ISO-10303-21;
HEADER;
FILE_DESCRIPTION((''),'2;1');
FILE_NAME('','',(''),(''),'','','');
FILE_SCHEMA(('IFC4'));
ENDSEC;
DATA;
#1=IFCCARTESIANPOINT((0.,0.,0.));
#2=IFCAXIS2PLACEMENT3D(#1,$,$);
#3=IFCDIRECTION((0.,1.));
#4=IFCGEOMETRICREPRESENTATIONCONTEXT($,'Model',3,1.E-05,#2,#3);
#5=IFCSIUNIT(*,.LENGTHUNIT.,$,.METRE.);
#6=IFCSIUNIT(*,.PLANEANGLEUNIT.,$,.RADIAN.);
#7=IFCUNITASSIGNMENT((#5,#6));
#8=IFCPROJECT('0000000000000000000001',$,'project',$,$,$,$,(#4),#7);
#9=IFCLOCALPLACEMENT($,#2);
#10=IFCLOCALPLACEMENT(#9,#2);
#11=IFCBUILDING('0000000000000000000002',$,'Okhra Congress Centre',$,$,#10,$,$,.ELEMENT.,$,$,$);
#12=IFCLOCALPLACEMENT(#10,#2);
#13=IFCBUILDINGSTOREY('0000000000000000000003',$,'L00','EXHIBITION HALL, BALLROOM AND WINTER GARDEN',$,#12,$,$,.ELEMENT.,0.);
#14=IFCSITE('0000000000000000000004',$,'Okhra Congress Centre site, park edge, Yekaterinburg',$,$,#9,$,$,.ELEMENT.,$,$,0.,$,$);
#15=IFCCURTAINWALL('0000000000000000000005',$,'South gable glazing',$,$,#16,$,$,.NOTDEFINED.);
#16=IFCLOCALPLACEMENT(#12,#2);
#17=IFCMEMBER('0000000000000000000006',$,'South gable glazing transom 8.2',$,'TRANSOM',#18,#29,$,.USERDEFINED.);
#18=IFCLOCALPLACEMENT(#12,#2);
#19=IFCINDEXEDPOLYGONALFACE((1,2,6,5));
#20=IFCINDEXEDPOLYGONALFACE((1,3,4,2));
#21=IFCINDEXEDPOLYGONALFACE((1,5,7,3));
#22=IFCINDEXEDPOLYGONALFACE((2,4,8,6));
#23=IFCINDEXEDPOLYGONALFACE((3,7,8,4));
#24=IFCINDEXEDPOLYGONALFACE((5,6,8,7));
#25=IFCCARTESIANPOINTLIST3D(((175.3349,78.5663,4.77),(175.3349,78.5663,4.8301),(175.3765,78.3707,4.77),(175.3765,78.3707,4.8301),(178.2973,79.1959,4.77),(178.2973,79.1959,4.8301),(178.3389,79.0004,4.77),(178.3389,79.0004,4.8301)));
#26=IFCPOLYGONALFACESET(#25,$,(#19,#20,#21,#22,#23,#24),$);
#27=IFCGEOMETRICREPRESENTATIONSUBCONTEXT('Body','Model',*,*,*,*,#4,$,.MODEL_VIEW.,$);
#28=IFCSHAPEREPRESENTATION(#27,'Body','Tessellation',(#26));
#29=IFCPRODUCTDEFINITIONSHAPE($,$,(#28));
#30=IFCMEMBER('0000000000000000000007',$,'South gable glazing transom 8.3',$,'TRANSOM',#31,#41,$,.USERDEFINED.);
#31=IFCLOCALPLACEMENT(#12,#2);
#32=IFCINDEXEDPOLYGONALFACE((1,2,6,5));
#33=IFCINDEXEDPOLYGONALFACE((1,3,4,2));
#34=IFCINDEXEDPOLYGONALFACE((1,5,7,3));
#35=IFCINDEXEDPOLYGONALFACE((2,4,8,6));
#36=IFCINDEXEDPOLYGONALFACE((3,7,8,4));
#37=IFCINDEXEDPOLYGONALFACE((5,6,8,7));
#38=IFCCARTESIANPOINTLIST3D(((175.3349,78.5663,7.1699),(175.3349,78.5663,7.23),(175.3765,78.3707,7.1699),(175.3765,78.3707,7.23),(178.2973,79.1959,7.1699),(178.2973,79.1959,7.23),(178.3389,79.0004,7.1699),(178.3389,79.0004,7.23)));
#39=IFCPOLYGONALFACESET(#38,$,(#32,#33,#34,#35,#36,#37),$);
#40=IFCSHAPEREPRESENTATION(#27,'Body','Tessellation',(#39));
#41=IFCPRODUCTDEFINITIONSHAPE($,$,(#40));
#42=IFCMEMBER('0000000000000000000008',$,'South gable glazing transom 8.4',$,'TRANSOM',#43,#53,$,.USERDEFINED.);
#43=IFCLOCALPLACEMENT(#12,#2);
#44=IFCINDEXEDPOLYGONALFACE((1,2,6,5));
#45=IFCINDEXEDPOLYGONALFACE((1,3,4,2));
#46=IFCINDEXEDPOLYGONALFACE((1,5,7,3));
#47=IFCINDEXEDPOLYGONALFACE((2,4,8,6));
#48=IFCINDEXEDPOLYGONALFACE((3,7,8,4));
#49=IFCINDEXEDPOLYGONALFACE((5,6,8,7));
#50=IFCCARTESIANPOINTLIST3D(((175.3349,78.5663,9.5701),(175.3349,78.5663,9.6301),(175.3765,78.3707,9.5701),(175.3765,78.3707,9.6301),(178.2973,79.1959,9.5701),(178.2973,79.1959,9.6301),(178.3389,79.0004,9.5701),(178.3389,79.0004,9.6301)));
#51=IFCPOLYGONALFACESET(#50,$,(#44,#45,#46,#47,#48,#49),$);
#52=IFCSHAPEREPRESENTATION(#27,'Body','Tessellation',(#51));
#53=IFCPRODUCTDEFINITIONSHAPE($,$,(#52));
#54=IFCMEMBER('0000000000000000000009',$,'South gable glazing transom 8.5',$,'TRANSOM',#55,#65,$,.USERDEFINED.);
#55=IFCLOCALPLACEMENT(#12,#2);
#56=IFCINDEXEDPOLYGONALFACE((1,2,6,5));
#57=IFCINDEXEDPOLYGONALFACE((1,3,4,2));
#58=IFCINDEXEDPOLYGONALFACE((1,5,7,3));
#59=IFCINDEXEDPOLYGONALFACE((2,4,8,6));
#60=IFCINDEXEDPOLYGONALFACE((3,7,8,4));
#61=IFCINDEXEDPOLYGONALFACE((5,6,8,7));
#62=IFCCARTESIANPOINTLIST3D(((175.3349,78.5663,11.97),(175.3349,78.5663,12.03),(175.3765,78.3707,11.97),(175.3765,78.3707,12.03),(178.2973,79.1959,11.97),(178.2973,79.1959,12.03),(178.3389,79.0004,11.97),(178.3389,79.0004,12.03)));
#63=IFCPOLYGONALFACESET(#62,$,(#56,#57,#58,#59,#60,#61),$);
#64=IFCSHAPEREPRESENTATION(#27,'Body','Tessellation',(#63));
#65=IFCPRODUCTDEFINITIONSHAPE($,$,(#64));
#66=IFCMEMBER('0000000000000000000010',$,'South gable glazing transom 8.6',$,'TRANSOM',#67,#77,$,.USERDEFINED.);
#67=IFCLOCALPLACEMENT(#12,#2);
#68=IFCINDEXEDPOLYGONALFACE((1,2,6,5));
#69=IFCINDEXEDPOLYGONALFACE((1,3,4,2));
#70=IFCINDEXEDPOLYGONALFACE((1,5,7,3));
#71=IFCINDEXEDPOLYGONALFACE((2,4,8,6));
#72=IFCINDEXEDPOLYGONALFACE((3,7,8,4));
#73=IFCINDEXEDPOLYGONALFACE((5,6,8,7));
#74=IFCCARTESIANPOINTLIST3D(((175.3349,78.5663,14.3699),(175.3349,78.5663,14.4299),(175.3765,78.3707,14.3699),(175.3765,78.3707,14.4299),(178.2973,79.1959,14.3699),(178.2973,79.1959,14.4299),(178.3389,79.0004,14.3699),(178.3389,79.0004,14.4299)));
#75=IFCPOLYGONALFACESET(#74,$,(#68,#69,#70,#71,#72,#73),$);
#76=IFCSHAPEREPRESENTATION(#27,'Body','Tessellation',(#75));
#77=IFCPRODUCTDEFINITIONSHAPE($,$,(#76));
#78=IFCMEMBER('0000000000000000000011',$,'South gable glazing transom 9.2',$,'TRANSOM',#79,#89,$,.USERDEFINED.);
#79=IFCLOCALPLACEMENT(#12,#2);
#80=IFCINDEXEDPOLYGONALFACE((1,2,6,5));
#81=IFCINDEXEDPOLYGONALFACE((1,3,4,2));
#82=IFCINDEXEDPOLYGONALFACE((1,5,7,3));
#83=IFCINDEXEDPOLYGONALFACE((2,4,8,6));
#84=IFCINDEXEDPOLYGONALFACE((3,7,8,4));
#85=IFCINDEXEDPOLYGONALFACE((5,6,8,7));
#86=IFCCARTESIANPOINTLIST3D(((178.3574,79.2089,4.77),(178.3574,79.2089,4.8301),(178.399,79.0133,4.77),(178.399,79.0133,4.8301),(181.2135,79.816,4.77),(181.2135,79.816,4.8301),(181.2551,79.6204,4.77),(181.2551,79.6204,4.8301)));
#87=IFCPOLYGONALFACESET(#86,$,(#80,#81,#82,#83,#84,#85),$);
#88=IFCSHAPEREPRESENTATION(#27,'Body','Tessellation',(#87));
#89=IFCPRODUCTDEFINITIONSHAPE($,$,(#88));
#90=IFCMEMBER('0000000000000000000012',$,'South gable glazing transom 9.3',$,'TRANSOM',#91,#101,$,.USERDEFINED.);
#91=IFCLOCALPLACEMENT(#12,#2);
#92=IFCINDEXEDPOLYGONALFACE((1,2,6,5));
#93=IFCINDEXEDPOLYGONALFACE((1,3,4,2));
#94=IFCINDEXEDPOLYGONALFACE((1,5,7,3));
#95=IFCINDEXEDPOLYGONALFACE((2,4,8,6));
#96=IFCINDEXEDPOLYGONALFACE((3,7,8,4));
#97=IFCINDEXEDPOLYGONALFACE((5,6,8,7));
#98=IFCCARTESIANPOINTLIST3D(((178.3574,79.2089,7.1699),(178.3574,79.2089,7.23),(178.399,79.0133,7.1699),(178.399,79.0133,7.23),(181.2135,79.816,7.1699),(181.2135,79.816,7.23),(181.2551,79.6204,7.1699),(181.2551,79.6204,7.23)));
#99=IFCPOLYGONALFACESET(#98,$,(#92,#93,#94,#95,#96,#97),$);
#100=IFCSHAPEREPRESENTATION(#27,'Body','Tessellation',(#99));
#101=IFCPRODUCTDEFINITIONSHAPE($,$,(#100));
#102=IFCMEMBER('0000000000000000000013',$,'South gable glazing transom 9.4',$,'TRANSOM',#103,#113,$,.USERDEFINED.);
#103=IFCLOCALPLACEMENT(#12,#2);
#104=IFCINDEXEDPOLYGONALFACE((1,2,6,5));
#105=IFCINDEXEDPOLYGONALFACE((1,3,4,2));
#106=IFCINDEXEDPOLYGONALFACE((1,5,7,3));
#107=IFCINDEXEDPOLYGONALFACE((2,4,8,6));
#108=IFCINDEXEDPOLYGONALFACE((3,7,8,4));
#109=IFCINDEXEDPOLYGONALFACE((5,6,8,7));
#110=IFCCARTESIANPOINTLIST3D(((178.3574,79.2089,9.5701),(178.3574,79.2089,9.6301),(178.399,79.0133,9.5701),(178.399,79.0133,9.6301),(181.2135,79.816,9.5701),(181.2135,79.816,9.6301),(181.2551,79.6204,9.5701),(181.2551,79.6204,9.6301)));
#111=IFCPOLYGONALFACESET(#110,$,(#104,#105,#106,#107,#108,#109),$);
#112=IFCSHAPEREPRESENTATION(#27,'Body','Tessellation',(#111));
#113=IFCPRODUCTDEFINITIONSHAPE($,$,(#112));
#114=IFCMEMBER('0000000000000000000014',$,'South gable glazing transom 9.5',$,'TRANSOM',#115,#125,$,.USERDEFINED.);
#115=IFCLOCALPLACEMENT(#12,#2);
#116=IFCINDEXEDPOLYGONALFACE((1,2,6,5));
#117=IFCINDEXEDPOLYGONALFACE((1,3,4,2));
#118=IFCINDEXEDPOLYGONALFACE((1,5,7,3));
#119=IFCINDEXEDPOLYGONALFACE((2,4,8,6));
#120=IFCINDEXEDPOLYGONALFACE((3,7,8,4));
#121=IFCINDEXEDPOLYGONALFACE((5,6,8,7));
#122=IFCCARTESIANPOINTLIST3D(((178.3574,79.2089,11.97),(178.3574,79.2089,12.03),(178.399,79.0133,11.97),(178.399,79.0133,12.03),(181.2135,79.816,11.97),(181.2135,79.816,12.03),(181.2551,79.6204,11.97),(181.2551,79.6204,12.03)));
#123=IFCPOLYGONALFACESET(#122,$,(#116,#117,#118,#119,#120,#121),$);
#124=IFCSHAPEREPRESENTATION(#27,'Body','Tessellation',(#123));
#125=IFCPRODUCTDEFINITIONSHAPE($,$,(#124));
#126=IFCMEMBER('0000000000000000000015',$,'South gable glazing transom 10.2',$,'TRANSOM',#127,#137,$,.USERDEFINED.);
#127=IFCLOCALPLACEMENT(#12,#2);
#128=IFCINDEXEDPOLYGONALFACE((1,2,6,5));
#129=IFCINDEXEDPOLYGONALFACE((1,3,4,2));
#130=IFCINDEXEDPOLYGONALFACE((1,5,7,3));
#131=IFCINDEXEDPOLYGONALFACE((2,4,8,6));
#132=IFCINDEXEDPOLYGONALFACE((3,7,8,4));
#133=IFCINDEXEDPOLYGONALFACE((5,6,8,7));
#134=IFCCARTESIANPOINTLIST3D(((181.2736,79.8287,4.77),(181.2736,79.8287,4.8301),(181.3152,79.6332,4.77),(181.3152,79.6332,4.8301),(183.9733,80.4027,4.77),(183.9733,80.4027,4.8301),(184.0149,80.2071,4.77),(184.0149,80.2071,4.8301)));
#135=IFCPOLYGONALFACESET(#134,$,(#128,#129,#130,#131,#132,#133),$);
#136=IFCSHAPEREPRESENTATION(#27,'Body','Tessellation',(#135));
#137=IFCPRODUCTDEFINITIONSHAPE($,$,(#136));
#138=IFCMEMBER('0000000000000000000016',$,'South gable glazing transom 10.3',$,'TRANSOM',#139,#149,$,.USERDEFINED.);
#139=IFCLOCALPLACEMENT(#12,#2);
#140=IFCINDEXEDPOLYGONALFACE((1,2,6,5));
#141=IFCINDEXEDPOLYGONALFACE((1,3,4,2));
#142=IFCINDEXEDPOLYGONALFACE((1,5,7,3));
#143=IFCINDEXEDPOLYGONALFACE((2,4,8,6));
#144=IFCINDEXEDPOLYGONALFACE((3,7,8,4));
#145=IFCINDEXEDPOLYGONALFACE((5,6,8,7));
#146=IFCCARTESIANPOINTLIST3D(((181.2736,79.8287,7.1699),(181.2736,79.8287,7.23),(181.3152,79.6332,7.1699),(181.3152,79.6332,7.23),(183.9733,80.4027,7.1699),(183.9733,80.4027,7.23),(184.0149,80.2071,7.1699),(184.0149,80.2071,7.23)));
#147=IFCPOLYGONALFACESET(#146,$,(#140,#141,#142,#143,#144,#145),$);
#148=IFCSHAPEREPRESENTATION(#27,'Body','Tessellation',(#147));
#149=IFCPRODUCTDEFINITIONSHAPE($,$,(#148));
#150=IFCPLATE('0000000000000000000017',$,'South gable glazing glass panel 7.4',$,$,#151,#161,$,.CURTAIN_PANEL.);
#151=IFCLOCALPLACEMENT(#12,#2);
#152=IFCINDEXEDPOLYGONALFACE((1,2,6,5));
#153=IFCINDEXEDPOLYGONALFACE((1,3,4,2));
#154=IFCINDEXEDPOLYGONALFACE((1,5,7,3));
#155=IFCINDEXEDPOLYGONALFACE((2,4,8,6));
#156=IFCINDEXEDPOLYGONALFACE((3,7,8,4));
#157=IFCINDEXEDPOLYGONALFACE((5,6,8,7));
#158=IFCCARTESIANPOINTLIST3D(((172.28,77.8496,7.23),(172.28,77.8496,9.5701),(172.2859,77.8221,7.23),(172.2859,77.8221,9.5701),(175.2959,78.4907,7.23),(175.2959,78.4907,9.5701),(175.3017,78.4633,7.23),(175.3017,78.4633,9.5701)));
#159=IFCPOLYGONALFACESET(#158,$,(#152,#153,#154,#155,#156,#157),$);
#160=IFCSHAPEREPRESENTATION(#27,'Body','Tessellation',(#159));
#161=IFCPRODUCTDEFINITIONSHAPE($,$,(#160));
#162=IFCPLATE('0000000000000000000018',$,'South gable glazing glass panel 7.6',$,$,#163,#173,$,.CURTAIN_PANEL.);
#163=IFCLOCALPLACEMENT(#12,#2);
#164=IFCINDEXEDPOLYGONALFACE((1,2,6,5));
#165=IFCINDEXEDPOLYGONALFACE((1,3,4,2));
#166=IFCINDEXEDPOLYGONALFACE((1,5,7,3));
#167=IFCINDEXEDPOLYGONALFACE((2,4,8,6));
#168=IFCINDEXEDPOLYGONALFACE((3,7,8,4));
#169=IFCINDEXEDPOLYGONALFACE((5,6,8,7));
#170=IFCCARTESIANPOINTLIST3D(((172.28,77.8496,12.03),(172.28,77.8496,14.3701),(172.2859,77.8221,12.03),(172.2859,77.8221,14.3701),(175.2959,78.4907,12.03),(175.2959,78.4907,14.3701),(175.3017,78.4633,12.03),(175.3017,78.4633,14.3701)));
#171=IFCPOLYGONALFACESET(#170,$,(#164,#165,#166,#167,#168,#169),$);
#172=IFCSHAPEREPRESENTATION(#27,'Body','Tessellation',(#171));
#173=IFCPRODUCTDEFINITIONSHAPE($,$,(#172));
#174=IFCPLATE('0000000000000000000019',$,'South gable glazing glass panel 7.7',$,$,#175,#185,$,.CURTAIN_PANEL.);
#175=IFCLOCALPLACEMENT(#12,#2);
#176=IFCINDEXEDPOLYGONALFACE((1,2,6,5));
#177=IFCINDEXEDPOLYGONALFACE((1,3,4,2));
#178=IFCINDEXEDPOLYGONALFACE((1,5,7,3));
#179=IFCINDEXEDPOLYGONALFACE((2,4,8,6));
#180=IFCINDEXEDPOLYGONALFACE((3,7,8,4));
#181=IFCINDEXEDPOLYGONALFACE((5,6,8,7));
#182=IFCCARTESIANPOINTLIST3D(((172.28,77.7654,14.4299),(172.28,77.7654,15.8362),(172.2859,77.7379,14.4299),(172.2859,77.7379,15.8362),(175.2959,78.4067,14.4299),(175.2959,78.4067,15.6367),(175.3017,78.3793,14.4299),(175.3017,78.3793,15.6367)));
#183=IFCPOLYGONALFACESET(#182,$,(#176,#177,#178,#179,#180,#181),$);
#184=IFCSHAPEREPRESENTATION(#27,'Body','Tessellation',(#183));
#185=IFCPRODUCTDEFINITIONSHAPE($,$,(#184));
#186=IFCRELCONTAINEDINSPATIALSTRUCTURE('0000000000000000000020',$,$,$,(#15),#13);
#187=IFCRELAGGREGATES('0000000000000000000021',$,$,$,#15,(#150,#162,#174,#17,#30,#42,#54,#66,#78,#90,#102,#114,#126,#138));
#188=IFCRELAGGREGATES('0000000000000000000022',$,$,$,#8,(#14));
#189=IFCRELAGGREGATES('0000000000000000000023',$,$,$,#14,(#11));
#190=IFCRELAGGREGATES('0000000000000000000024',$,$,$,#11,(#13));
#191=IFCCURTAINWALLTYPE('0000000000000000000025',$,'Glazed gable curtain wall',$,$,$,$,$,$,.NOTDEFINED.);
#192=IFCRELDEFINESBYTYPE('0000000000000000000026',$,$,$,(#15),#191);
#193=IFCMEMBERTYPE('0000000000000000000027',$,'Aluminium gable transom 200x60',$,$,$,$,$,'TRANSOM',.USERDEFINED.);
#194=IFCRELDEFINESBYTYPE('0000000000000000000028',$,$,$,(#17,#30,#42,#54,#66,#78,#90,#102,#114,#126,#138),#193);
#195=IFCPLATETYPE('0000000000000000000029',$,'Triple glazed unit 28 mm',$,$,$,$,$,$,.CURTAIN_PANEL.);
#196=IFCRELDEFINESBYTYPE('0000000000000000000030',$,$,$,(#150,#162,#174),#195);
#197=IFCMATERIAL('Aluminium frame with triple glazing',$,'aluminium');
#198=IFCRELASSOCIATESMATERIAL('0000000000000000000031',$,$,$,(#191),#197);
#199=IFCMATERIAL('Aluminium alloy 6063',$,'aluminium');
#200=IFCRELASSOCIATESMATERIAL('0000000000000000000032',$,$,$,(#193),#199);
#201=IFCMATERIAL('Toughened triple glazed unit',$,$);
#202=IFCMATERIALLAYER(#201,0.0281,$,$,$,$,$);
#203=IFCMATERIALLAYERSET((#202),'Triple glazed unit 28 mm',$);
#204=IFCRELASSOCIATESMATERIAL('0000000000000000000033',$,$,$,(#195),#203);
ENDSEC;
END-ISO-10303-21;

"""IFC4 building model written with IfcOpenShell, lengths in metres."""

from ifc_helpers import new_model, si_unit, direction, frame, origin, origin_2d, place, context, subcontext, project, spatial, polyline, rectangle, outline, extrude, material, layer, layer_set, material_profile, profile_set, type_object, element, aggregate, save


model = new_model("IFC4")

# Units and contexts
model_context = context("Model", 3, precision=1e-05, world=origin(), true_north=direction((0.0, 1.0)))
body_context = subcontext(model_context, "Body", "Model", "MODEL_VIEW")
ifc_project = project(units=[si_unit("LENGTHUNIT", "METRE"), si_unit("PLANEANGLEUNIT", "RADIAN")], contexts=[model_context])

# Site, building, storey
site_placement = place(None, origin())
site = spatial("IfcSite", under=ifc_project, at=site_placement, Name="Okhra Congress Centre site, park edge, Yekaterinburg", CompositionType="ELEMENT", RefElevation=0.0)
building_placement = place(site_placement, origin())
building = spatial("IfcBuilding", under=site, at=building_placement, Name="Okhra Congress Centre", CompositionType="ELEMENT")
storey_placement = place(building_placement, origin())
storey = spatial("IfcBuildingStorey", under=building, at=storey_placement, Name="L00", Description="EXHIBITION HALL, BALLROOM AND WINTER GARDEN", CompositionType="ELEMENT", Elevation=0.0)

# Curtain wall, members, plates
ifc_material_1 = material(Name="Aluminium frame with triple glazing", Category="aluminium")
curtain_wall_type = type_object("IfcCurtainWallType", Name="Glazed gable curtain wall", PredefinedType="NOTDEFINED", material=ifc_material_1)
curtain_wall_placement = place(storey_placement, origin())
curtain_wall = element("IfcCurtainWall", 1, at=curtain_wall_placement, inside=storey, type_object=curtain_wall_type, Name="South gable glazing", PredefinedType="NOTDEFINED")
ifc_material_2 = material(Name="Aluminium alloy 6063", Category="aluminium")
ifc_material_profile = material_profile(ifc_material_2, rectangle(XDim=0.2, YDim=0.0601, at=origin_2d()), Name="AL 200x60 gable transom")
ifc_profile_set = profile_set([ifc_material_profile], Name="Aluminium alloy 6063")
member_type = type_object("IfcMemberType", Name="Aluminium gable transom 200x60", ElementType="TRANSOM", PredefinedType="USERDEFINED", material=ifc_profile_set)
member_1_placement = place(storey_placement, frame((175.3557, 78.4685, 4.8), z_axis=(0.97815, 0.207899, 0.0), x_axis=(-0.207899, 0.97815, 0.0)))
member_1 = element("IfcMember", 2, at=member_1_placement, type_object=member_type, Name="South gable glazing transom 8.2", ObjectType="TRANSOM", PredefinedType="USERDEFINED", context=body_context, shape_type="SweptSolid", body=[
    extrude(rectangle(XDim=0.2, YDim=0.0601, at=origin_2d()), origin(), (0.0, 0.0, 1.0), 3.0286),
])
member_2_placement = place(storey_placement, frame((175.3557, 78.4685, 7.2), z_axis=(0.97815, 0.207899, 0.0), x_axis=(-0.207899, 0.97815, 0.0)))
member_2 = element("IfcMember", 3, at=member_2_placement, type_object=member_type, Name="South gable glazing transom 8.3", ObjectType="TRANSOM", PredefinedType="USERDEFINED", context=body_context, shape_type="SweptSolid", body=[
    extrude(rectangle(XDim=0.2, YDim=0.0601, at=origin_2d()), origin(), (0.0, 0.0, 1.0), 3.0286),
])
member_3_placement = place(storey_placement, frame((175.3557, 78.4685, 9.6001), z_axis=(0.97815, 0.207899, 0.0), x_axis=(-0.207899, 0.97815, 0.0)))
member_3 = element("IfcMember", 4, at=member_3_placement, type_object=member_type, Name="South gable glazing transom 8.4", ObjectType="TRANSOM", PredefinedType="USERDEFINED", context=body_context, shape_type="SweptSolid", body=[
    extrude(rectangle(XDim=0.2, YDim=0.0601, at=origin_2d()), origin(), (0.0, 0.0, 1.0), 3.0286),
])
member_4_placement = place(storey_placement, frame((175.3557, 78.4685, 12.0), z_axis=(0.97815, 0.207899, 0.0), x_axis=(-0.207899, 0.97815, 0.0)))
member_4 = element("IfcMember", 5, at=member_4_placement, type_object=member_type, Name="South gable glazing transom 8.5", ObjectType="TRANSOM", PredefinedType="USERDEFINED", context=body_context, shape_type="SweptSolid", body=[
    extrude(rectangle(XDim=0.2, YDim=0.0601, at=origin_2d()), origin(), (0.0, 0.0, 1.0), 3.0286),
])
member_5_placement = place(storey_placement, frame((175.3557, 78.4685, 14.3999), z_axis=(0.97815, 0.207899, 0.0), x_axis=(-0.207899, 0.97815, 0.0)))
member_5 = element("IfcMember", 6, at=member_5_placement, type_object=member_type, Name="South gable glazing transom 8.6", ObjectType="TRANSOM", PredefinedType="USERDEFINED", context=body_context, shape_type="SweptSolid", body=[
    extrude(rectangle(XDim=0.2, YDim=0.0601, at=origin_2d()), origin(), (0.0, 0.0, 1.0), 3.0286),
])
member_6_placement = place(storey_placement, frame((178.3782, 79.1111, 4.8), z_axis=(0.978142, 0.207936, 0.0), x_axis=(-0.207936, 0.978142, 0.0)))
member_6 = element("IfcMember", 7, at=member_6_placement, type_object=member_type, Name="South gable glazing transom 9.2", ObjectType="TRANSOM", PredefinedType="USERDEFINED", context=body_context, shape_type="SweptSolid", body=[
    extrude(rectangle(XDim=0.2, YDim=0.0601, at=origin_2d()), origin(), (0.0, 0.0, 1.0), 2.9199),
])
member_7_placement = place(storey_placement, frame((178.3782, 79.1111, 7.2), z_axis=(0.978142, 0.207936, 0.0), x_axis=(-0.207936, 0.978142, 0.0)))
member_7 = element("IfcMember", 8, at=member_7_placement, type_object=member_type, Name="South gable glazing transom 9.3", ObjectType="TRANSOM", PredefinedType="USERDEFINED", context=body_context, shape_type="SweptSolid", body=[
    extrude(rectangle(XDim=0.2, YDim=0.0601, at=origin_2d()), origin(), (0.0, 0.0, 1.0), 2.9199),
])
member_8_placement = place(storey_placement, frame((178.3782, 79.1111, 9.6001), z_axis=(0.978142, 0.207936, 0.0), x_axis=(-0.207936, 0.978142, 0.0)))
member_8 = element("IfcMember", 9, at=member_8_placement, type_object=member_type, Name="South gable glazing transom 9.4", ObjectType="TRANSOM", PredefinedType="USERDEFINED", context=body_context, shape_type="SweptSolid", body=[
    extrude(rectangle(XDim=0.2, YDim=0.0601, at=origin_2d()), origin(), (0.0, 0.0, 1.0), 2.9199),
])
member_9_placement = place(storey_placement, frame((178.3782, 79.1111, 12.0), z_axis=(0.978142, 0.207936, 0.0), x_axis=(-0.207936, 0.978142, 0.0)))
member_9 = element("IfcMember", 10, at=member_9_placement, type_object=member_type, Name="South gable glazing transom 9.5", ObjectType="TRANSOM", PredefinedType="USERDEFINED", context=body_context, shape_type="SweptSolid", body=[
    extrude(rectangle(XDim=0.2, YDim=0.0601, at=origin_2d()), origin(), (0.0, 0.0, 1.0), 2.9199),
])
member_10_placement = place(storey_placement, frame((181.2944, 79.731, 4.8), z_axis=(0.978138, 0.207958, 0.0), x_axis=(-0.207958, 0.978138, 0.0)))
member_10 = element("IfcMember", 11, at=member_10_placement, type_object=member_type, Name="South gable glazing transom 10.2", ObjectType="TRANSOM", PredefinedType="USERDEFINED", context=body_context, shape_type="SweptSolid", body=[
    extrude(rectangle(XDim=0.2, YDim=0.0601, at=origin_2d()), origin(), (0.0, 0.0, 1.0), 2.76),
])
member_11_placement = place(storey_placement, frame((181.2944, 79.731, 7.2), z_axis=(0.978138, 0.207958, 0.0), x_axis=(-0.207958, 0.978138, 0.0)))
member_11 = element("IfcMember", 12, at=member_11_placement, type_object=member_type, Name="South gable glazing transom 10.3", ObjectType="TRANSOM", PredefinedType="USERDEFINED", context=body_context, shape_type="SweptSolid", body=[
    extrude(rectangle(XDim=0.2, YDim=0.0601, at=origin_2d()), origin(), (0.0, 0.0, 1.0), 2.76),
])
ifc_material_3 = material(Name="Toughened triple glazed unit")
ifc_layer = layer(ifc_material_3, 0.0281)
ifc_layer_set = layer_set([ifc_layer], Name="Triple glazed unit 28 mm")
plate_type = type_object("IfcPlateType", Name="Triple glazed unit 28 mm", PredefinedType="CURTAIN_PANEL", material=ifc_layer_set)
plate_1_placement = place(storey_placement, frame((175.2959, 78.4907, 7.23), z_axis=(-0.207934, 0.978143, 0.0), x_axis=(-0.978143, -0.207934, 0.0)))
plate_1 = element("IfcPlate", 13, at=plate_1_placement, type_object=plate_type, Name="South gable glazing glass panel 7.4", PredefinedType="CURTAIN_PANEL", context=body_context, shape_type="SweptSolid", body=[
    extrude(outline(polyline([(0.0, 0.0), (3.0833, 0.0), (3.0833, 2.3401), (0.0, 2.3401), (0.0, 0.0)])), origin(), (0.0, 0.0, -1.0), 0.0281),
])
plate_2_placement = place(storey_placement, frame((175.2959, 78.4907, 12.03), z_axis=(-0.207934, 0.978143, 0.0), x_axis=(-0.978143, -0.207934, 0.0)))
plate_2 = element("IfcPlate", 14, at=plate_2_placement, type_object=plate_type, Name="South gable glazing glass panel 7.6", PredefinedType="CURTAIN_PANEL", context=body_context, shape_type="SweptSolid", body=[
    extrude(outline(polyline([(0.0, 0.0), (3.0833, 0.0), (3.0833, 2.3401), (0.0, 2.3401), (0.0, 0.0)])), origin(), (0.0, 0.0, -1.0), 0.0281),
])
plate_3_placement = place(storey_placement, frame((175.2959, 78.4067, 14.4299), z_axis=(-0.208009, 0.978127, 0.0), x_axis=(-0.978127, -0.208009, 0.0)))
plate_3 = element("IfcPlate", 15, at=plate_3_placement, type_object=plate_type, Name="South gable glazing glass panel 7.7", PredefinedType="CURTAIN_PANEL", context=body_context, shape_type="SweptSolid", body=[
    extrude(outline(polyline([(0.0, 0.0), (3.0833, 0.0), (3.0833, 1.4062), (0.0, 1.2068), (0.0, 0.0)])), origin(), (0.0, 0.0, -1.0), 0.0281),
])
aggregate(curtain_wall, [plate_1, plate_2, plate_3, member_1, member_2, member_3, member_4, member_5, member_6, member_7, member_8, member_9, member_10, member_11])

save(model, "model.ifc")
